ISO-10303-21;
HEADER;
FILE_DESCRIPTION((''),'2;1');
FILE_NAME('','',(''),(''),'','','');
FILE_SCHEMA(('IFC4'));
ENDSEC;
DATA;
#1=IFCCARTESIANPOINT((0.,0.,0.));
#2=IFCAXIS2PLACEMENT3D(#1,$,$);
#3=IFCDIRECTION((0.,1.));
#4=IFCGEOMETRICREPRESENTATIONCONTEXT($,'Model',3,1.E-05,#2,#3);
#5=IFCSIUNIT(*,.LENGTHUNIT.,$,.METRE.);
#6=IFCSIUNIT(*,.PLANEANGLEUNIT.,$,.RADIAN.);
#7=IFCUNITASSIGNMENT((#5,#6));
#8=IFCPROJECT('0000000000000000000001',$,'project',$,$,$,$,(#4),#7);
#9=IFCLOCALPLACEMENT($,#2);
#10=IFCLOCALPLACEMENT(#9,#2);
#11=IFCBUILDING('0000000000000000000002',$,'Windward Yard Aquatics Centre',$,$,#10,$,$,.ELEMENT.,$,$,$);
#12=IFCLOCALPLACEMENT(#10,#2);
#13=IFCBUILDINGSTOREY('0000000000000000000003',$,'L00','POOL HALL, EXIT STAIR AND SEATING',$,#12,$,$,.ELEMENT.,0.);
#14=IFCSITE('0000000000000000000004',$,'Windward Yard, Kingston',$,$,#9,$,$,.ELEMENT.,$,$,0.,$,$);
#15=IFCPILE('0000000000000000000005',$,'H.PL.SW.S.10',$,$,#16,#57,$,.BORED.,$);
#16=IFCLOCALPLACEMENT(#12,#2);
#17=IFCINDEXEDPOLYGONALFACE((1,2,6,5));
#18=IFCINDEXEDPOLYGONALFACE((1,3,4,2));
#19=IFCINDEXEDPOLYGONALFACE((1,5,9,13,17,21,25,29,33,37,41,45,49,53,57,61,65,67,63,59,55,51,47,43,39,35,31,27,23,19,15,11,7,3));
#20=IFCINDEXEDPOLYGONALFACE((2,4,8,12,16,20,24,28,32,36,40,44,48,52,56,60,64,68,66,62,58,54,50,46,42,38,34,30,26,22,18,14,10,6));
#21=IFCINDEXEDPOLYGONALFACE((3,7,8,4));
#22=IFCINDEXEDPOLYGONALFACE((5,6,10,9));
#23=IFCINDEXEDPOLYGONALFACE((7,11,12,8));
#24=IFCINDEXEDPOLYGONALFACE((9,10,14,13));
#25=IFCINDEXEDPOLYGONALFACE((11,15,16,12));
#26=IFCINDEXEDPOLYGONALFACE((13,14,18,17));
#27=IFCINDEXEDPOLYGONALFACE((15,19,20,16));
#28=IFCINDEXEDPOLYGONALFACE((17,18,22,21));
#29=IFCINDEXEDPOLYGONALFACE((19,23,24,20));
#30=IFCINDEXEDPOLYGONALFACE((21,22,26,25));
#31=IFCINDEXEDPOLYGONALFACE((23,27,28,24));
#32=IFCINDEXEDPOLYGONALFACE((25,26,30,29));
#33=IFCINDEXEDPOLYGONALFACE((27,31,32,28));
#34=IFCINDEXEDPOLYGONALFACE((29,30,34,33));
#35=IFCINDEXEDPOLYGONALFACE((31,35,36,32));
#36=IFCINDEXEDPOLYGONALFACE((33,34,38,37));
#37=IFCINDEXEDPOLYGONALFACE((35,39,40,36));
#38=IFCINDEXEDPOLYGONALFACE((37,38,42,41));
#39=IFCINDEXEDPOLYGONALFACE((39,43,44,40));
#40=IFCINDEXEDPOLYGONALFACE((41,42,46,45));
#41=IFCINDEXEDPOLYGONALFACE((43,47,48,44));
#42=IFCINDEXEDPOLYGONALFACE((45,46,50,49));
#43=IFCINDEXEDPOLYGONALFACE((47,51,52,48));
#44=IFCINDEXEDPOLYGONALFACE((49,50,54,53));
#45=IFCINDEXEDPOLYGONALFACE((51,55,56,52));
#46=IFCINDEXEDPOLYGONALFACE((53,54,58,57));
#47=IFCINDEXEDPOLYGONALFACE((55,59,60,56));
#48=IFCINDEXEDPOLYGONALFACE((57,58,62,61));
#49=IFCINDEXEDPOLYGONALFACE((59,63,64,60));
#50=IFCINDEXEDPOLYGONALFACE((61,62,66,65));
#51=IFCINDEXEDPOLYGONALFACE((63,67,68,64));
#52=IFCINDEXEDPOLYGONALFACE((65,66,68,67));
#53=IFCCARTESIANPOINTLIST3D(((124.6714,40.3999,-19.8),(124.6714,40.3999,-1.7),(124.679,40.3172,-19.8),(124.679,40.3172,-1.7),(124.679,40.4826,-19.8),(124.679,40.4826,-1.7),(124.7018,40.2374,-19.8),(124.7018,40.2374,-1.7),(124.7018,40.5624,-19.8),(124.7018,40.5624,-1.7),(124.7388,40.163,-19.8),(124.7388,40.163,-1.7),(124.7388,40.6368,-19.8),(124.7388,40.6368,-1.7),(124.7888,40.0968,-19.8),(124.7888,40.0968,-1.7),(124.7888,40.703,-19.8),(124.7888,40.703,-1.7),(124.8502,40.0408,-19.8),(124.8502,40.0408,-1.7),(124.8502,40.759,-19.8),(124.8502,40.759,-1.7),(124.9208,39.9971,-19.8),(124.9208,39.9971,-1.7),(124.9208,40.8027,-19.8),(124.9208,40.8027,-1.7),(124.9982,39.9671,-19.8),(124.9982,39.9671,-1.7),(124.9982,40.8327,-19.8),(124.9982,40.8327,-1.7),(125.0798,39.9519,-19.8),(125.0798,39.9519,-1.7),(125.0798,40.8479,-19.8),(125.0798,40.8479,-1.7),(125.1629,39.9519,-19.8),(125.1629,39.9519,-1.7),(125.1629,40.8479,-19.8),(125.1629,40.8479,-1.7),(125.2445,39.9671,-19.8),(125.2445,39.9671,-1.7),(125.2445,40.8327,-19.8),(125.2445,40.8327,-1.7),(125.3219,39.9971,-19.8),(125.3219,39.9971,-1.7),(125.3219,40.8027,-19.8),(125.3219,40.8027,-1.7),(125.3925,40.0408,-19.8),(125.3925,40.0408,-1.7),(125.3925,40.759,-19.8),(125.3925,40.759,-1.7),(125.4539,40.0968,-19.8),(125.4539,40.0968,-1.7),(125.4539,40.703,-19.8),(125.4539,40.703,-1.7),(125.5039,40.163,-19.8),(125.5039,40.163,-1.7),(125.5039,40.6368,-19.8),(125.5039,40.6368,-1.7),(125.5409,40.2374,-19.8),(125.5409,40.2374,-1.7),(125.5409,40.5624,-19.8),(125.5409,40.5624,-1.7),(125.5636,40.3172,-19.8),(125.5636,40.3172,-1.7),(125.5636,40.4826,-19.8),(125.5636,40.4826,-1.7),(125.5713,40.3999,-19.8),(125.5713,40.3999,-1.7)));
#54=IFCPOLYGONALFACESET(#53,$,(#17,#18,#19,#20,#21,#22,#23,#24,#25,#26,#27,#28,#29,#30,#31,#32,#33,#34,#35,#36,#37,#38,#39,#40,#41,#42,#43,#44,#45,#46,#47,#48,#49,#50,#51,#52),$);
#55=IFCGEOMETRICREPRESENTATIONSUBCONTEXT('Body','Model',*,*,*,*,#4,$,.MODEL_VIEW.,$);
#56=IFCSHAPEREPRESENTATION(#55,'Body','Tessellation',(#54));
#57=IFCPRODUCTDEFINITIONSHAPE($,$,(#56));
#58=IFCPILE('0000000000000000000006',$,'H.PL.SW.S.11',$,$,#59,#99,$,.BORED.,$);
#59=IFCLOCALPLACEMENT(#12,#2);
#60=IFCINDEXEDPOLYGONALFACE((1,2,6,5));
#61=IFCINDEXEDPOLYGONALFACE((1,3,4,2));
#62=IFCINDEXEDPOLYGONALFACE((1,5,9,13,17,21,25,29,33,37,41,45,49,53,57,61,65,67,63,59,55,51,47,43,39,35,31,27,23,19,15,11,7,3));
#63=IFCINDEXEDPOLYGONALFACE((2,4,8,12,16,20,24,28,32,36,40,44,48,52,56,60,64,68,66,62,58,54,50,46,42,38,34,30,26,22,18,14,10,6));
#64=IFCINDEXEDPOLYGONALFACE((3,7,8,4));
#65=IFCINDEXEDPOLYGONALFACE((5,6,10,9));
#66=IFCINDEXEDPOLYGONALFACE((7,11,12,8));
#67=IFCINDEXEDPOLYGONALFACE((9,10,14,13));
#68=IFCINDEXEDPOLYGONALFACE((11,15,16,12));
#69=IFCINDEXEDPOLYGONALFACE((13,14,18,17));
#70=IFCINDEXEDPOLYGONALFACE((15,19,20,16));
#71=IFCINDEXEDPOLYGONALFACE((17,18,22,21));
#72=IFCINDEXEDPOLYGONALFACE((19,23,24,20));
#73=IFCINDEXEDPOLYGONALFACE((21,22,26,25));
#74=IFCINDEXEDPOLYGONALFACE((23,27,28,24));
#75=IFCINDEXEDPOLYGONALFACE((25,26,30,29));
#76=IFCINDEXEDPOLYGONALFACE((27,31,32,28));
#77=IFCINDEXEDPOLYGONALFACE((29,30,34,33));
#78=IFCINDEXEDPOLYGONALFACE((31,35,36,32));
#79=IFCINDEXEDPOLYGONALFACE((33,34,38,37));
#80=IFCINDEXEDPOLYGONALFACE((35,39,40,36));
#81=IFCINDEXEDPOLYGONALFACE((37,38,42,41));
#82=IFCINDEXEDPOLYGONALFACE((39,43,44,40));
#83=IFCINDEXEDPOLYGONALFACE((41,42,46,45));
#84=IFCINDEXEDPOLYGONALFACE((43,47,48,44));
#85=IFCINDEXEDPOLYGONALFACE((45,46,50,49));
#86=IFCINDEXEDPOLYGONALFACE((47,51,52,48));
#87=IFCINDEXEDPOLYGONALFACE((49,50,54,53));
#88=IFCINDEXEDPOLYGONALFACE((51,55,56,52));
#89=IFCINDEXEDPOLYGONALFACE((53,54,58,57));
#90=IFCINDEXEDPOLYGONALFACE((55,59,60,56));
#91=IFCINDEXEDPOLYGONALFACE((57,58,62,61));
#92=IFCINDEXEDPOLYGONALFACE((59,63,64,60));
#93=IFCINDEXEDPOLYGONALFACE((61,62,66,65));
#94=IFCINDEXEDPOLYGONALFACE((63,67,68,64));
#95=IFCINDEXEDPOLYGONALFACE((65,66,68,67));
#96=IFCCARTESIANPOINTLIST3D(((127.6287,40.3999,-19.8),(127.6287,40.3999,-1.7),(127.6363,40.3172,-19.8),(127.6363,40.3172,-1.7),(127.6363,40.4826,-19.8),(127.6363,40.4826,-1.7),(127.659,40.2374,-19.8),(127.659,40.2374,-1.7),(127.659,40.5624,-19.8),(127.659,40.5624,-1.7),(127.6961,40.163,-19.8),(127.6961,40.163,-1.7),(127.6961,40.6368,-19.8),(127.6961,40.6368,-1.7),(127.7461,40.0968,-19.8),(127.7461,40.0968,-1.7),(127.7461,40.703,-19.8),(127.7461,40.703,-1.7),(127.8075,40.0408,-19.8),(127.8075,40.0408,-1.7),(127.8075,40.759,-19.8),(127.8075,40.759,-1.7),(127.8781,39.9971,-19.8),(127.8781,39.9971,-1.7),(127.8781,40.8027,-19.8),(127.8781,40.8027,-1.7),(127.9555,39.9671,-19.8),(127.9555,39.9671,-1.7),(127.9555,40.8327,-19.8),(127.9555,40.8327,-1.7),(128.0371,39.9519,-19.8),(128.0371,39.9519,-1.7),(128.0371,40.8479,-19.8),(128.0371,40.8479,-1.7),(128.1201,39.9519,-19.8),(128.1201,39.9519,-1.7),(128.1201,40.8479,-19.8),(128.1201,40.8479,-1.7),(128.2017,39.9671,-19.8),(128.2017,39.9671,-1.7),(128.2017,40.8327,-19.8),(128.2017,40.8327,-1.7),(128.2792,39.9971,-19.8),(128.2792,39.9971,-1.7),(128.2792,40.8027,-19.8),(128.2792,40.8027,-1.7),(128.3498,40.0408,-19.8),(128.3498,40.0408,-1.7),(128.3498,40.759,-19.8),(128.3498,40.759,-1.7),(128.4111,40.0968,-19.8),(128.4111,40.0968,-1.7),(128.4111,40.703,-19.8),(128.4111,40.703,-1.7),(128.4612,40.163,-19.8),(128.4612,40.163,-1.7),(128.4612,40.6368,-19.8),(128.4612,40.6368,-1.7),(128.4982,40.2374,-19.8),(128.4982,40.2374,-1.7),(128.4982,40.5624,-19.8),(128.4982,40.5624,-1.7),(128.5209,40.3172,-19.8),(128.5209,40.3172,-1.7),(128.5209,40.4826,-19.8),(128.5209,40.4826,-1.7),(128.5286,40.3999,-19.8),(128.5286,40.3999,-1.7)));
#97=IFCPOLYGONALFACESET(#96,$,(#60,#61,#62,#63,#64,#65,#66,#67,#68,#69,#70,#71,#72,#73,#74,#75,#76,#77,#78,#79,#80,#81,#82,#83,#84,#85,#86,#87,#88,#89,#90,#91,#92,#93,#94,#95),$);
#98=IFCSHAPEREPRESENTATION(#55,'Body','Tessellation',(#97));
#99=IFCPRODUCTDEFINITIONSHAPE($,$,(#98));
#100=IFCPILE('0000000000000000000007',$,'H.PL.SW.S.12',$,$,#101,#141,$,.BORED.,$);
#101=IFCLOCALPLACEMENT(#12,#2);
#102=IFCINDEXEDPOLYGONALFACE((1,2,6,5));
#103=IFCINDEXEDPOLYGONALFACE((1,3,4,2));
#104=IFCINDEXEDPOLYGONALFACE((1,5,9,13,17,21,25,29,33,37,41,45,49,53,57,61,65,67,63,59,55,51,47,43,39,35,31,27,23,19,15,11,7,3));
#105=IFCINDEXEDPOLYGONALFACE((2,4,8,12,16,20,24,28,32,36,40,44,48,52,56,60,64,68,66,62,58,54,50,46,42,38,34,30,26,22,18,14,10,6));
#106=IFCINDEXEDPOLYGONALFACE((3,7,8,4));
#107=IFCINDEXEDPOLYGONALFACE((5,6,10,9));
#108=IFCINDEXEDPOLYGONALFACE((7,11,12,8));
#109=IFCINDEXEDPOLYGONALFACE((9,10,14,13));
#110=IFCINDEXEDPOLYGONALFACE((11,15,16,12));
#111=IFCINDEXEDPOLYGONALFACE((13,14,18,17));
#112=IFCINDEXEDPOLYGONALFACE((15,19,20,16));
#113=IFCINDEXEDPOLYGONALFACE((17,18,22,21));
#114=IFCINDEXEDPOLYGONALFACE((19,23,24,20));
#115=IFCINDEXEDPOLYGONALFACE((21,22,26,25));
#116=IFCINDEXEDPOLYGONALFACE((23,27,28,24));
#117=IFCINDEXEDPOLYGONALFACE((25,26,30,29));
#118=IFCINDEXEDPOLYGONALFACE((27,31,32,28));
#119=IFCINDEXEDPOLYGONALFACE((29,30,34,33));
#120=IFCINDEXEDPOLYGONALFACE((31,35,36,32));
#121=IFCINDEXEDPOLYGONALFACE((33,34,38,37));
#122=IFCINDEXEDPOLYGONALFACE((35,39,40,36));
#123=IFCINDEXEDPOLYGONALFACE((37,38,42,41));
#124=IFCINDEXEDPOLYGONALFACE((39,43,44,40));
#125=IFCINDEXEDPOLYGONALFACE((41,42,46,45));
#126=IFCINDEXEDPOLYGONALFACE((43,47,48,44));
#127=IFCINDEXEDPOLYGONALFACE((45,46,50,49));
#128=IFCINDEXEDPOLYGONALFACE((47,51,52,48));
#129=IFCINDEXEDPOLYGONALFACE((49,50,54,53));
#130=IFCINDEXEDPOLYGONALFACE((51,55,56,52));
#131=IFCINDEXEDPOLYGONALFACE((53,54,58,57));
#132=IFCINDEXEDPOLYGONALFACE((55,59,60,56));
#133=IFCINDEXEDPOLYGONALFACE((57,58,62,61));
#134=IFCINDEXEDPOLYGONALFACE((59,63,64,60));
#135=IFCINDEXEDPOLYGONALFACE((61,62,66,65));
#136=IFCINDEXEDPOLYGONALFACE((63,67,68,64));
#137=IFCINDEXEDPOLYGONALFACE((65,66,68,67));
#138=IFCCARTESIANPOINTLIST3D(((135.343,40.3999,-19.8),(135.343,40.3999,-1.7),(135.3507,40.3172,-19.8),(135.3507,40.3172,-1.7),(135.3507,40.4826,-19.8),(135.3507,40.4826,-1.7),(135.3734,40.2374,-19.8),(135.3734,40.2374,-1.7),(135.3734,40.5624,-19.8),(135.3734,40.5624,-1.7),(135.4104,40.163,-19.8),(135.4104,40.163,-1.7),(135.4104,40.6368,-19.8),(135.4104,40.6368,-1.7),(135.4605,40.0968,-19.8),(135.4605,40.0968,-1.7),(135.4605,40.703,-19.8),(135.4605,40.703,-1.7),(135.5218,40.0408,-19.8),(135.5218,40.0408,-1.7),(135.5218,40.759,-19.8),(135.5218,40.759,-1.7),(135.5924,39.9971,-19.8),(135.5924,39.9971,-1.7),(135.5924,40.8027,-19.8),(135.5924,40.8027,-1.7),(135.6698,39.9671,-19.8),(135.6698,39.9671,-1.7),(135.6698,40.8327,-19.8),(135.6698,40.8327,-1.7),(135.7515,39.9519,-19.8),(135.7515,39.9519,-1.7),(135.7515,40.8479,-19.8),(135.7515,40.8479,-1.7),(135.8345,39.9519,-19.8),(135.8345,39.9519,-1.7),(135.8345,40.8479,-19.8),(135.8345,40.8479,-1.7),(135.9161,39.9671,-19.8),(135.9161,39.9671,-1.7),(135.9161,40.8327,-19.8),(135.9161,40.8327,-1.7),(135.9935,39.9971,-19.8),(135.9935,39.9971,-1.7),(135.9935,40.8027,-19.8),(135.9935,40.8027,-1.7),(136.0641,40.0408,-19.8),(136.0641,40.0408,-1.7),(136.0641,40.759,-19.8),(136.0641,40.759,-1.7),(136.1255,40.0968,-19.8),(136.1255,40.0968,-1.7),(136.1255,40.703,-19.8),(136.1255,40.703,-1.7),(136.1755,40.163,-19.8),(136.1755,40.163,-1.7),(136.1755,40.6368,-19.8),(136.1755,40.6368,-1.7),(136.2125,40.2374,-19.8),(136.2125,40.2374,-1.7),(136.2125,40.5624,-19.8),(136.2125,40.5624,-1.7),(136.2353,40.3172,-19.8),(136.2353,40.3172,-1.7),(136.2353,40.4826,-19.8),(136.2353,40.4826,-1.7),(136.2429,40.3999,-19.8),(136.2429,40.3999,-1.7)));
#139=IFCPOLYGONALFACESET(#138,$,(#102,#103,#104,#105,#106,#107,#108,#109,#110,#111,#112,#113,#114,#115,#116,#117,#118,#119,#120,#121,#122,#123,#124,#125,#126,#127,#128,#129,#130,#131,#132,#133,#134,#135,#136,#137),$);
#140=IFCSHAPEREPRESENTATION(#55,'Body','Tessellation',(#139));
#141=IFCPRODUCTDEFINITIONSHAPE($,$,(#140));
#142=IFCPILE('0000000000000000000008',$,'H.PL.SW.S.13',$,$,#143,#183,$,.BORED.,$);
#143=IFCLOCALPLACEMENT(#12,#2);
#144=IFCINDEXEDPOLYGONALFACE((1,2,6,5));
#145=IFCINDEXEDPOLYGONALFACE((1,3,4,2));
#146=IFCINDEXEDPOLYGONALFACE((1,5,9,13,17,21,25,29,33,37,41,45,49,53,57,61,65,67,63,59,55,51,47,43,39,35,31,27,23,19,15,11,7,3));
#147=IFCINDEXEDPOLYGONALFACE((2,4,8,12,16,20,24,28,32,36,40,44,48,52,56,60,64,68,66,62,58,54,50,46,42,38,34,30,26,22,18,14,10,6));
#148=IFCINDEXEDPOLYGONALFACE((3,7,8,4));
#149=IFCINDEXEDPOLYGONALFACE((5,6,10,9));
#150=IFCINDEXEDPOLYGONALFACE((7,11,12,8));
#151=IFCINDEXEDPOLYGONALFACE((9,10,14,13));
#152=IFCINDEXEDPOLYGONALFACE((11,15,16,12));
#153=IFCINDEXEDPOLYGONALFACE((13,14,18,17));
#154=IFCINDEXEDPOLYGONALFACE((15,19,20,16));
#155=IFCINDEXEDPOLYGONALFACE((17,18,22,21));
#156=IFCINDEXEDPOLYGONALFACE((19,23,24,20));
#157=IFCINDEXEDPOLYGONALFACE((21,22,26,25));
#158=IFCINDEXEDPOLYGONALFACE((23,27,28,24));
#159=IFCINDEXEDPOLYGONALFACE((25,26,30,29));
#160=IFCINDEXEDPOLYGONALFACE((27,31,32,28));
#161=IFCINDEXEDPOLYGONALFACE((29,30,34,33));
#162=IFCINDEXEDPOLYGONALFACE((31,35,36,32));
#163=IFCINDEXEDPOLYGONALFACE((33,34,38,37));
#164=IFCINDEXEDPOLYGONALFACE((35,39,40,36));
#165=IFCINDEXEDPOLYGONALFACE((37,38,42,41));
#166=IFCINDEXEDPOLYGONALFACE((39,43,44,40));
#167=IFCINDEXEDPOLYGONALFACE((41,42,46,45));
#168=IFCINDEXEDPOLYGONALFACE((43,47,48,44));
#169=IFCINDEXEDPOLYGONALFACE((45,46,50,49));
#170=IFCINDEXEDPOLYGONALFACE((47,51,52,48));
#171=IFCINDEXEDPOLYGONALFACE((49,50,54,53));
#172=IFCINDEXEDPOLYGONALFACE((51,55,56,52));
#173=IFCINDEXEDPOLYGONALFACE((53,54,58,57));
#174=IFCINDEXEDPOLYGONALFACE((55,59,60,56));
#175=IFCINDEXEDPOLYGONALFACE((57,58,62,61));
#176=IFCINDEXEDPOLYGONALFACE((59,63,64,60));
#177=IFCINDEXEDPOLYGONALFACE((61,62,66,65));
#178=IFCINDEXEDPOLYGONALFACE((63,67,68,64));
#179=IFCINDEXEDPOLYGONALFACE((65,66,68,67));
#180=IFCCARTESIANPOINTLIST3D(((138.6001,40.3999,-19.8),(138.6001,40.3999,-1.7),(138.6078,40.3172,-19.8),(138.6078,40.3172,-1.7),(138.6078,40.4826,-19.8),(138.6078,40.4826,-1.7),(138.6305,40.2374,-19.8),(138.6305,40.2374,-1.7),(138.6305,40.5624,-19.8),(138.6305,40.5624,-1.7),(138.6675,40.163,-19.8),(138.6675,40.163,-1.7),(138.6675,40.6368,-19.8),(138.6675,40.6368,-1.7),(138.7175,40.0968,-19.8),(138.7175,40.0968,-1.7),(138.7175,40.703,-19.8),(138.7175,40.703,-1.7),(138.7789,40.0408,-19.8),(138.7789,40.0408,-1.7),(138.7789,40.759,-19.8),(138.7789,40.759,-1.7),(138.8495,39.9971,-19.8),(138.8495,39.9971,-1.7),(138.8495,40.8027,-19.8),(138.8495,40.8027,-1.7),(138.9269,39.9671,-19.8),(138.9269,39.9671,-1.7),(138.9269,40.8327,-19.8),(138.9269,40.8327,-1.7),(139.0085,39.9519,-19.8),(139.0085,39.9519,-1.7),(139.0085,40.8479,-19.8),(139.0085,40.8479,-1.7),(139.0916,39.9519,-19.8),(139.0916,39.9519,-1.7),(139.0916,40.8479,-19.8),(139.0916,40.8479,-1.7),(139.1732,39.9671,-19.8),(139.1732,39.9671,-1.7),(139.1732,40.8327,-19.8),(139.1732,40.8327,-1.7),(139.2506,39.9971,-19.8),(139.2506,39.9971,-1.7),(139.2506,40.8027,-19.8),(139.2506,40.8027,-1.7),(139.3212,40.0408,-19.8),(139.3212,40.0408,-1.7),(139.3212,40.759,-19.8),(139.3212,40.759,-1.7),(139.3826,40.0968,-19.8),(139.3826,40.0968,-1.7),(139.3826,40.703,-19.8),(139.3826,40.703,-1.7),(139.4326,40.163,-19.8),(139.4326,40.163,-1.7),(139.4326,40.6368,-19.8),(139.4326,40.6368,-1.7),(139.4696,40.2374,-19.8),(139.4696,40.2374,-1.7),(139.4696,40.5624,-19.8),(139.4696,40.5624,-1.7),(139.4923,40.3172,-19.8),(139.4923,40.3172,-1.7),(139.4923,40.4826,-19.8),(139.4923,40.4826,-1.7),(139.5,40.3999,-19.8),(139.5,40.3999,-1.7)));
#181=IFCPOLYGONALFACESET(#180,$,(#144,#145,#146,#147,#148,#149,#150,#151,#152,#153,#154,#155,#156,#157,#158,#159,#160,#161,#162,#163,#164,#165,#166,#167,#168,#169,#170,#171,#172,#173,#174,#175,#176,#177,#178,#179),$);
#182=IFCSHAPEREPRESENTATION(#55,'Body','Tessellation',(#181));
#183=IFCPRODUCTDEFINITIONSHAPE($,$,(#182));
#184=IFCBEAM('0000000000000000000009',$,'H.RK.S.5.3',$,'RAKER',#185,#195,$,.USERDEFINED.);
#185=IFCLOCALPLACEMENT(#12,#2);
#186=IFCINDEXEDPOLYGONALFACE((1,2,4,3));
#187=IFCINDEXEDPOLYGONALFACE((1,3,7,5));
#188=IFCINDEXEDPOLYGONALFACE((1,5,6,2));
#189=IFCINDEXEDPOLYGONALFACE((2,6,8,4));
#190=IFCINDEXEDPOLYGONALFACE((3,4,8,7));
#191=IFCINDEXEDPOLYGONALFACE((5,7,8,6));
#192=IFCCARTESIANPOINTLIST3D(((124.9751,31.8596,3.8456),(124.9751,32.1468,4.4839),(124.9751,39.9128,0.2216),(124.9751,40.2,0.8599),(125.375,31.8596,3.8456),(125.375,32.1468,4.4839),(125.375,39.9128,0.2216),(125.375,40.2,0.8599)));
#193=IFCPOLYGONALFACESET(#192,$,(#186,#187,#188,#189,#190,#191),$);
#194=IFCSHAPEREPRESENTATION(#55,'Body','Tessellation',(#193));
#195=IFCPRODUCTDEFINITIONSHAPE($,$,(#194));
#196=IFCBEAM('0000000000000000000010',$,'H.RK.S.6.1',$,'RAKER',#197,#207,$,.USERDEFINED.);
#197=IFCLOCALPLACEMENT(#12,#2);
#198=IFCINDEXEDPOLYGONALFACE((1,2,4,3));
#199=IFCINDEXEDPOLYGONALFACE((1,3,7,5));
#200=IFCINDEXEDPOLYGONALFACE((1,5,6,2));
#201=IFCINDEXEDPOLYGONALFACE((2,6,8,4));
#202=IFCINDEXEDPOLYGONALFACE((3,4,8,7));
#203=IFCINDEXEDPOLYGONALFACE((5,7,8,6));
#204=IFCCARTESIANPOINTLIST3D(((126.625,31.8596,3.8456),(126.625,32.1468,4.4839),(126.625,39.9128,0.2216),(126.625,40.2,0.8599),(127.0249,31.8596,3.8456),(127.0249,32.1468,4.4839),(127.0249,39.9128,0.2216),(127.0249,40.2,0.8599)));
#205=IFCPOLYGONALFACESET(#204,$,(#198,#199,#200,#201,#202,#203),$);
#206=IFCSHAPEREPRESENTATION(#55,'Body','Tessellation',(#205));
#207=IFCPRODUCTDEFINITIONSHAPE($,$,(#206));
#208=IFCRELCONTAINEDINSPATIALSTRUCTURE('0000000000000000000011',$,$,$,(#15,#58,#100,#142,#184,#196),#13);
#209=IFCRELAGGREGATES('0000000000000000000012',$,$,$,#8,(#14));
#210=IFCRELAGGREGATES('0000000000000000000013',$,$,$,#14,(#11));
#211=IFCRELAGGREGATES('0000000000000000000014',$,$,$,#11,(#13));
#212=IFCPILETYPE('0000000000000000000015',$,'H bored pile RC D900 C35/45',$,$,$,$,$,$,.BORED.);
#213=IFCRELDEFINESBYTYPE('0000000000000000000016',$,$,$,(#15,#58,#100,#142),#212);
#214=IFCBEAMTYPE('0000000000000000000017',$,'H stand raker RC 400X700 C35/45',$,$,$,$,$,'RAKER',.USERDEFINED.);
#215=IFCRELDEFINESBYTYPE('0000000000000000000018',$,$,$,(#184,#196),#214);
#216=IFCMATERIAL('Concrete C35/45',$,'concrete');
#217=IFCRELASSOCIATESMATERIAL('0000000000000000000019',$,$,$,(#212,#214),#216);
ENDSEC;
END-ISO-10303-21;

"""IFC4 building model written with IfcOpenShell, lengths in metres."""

from ifc_helpers import new_model, si_unit, direction, frame, origin, origin_2d, place, context, subcontext, project, spatial, rectangle, circle, extrude, material, material_profile, profile_set, type_object, element, save


model = new_model("IFC4")

# Units and contexts
model_context = context("Model", 3, precision=1e-05, world=origin(), true_north=direction((0.0, 1.0)))
body_context = subcontext(model_context, "Body", "Model", "MODEL_VIEW")
ifc_project = project(units=[si_unit("LENGTHUNIT", "METRE"), si_unit("PLANEANGLEUNIT", "RADIAN")], contexts=[model_context])

# Site, building, storey
site_placement = place(None, origin())
site = spatial("IfcSite", under=ifc_project, at=site_placement, Name="Windward Yard, Kingston", CompositionType="ELEMENT", RefElevation=0.0)
building_placement = place(site_placement, origin())
building = spatial("IfcBuilding", under=site, at=building_placement, Name="Windward Yard Aquatics Centre", CompositionType="ELEMENT")
storey_placement = place(building_placement, origin())
storey = spatial("IfcBuildingStorey", under=building, at=storey_placement, Name="L00", Description="POOL HALL, EXIT STAIR AND SEATING", CompositionType="ELEMENT", Elevation=0.0)

# Piles
ifc_material = material(Name="Concrete C35/45", Category="concrete")
ifc_material_profile_1 = material_profile(ifc_material, circle(Radius=0.45, at=origin_2d()), Name="RC D900")
ifc_profile_set_1 = profile_set([ifc_material_profile_1], Name="Concrete C35/45")
pile_type = type_object("IfcPileType", Name="H bored pile RC D900 C35/45", PredefinedType="BORED", material=ifc_profile_set_1)
for number, where, z_axis, x_axis, name in (
    (1, (125.1213, 40.3999, -1.7), (0.0, 0.0, -1.0), (1.0, 0.0, 0.0), "H.PL.SW.S.10"),
    (2, (128.0786, 40.3999, -1.7), (0.0, 0.0, -1.0), (1.0, 0.0, 0.0), "H.PL.SW.S.11"),
    (3, (135.793, 40.3999, -1.7), (0.0, 0.0, -1.0), (1.0, 0.0, 0.0), "H.PL.SW.S.12"),
    (4, (139.05, 40.3999, -1.7), (0.0, 0.0, -1.0), (1.0, 0.0, 0.0), "H.PL.SW.S.13"),
):
    element("IfcPile", number, at=place(storey_placement, frame(where, z_axis=z_axis, x_axis=x_axis)), inside=storey, type_object=pile_type, Name=name, PredefinedType="BORED", context=body_context, shape_type="SweptSolid", body=[
        extrude(circle(Radius=0.45, at=origin_2d()), origin(), (0.0, 0.0, 1.0), 18.1001),
    ])

# Beams
ifc_material_profile_2 = material_profile(ifc_material, rectangle(XDim=0.3999, YDim=0.7, at=origin_2d()), Name="RC 400X700")
ifc_profile_set_2 = profile_set([ifc_material_profile_2], Name="Concrete C35/45")
beam_type_1 = type_object("IfcBeamType", Name="H stand raker RC 400X700 C35/45", ElementType="RAKER", PredefinedType="USERDEFINED", material=ifc_profile_set_2)
for number, where, z_axis, x_axis, name in (
    (5, (125.175, 40.0564, 0.5408), (0.0, -0.911918, 0.410372), (1.0, 0.0, 0.0), "H.RK.S.5.3"),
    (6, (126.825, 40.0564, 0.5408), (0.0, -0.911918, 0.410372), (1.0, 0.0, 0.0), "H.RK.S.6.1"),
):
    element("IfcBeam", number, at=place(storey_placement, frame(where, z_axis=z_axis, x_axis=x_axis)), inside=storey, type_object=beam_type_1, Name=name, ObjectType="RAKER", PredefinedType="USERDEFINED", context=body_context, shape_type="SweptSolid", body=[
        extrude(rectangle(XDim=0.3999, YDim=0.7, at=origin_2d()), origin(), (0.0, 0.0, 1.0), 8.8311),
    ])

save(model, "model.ifc")
